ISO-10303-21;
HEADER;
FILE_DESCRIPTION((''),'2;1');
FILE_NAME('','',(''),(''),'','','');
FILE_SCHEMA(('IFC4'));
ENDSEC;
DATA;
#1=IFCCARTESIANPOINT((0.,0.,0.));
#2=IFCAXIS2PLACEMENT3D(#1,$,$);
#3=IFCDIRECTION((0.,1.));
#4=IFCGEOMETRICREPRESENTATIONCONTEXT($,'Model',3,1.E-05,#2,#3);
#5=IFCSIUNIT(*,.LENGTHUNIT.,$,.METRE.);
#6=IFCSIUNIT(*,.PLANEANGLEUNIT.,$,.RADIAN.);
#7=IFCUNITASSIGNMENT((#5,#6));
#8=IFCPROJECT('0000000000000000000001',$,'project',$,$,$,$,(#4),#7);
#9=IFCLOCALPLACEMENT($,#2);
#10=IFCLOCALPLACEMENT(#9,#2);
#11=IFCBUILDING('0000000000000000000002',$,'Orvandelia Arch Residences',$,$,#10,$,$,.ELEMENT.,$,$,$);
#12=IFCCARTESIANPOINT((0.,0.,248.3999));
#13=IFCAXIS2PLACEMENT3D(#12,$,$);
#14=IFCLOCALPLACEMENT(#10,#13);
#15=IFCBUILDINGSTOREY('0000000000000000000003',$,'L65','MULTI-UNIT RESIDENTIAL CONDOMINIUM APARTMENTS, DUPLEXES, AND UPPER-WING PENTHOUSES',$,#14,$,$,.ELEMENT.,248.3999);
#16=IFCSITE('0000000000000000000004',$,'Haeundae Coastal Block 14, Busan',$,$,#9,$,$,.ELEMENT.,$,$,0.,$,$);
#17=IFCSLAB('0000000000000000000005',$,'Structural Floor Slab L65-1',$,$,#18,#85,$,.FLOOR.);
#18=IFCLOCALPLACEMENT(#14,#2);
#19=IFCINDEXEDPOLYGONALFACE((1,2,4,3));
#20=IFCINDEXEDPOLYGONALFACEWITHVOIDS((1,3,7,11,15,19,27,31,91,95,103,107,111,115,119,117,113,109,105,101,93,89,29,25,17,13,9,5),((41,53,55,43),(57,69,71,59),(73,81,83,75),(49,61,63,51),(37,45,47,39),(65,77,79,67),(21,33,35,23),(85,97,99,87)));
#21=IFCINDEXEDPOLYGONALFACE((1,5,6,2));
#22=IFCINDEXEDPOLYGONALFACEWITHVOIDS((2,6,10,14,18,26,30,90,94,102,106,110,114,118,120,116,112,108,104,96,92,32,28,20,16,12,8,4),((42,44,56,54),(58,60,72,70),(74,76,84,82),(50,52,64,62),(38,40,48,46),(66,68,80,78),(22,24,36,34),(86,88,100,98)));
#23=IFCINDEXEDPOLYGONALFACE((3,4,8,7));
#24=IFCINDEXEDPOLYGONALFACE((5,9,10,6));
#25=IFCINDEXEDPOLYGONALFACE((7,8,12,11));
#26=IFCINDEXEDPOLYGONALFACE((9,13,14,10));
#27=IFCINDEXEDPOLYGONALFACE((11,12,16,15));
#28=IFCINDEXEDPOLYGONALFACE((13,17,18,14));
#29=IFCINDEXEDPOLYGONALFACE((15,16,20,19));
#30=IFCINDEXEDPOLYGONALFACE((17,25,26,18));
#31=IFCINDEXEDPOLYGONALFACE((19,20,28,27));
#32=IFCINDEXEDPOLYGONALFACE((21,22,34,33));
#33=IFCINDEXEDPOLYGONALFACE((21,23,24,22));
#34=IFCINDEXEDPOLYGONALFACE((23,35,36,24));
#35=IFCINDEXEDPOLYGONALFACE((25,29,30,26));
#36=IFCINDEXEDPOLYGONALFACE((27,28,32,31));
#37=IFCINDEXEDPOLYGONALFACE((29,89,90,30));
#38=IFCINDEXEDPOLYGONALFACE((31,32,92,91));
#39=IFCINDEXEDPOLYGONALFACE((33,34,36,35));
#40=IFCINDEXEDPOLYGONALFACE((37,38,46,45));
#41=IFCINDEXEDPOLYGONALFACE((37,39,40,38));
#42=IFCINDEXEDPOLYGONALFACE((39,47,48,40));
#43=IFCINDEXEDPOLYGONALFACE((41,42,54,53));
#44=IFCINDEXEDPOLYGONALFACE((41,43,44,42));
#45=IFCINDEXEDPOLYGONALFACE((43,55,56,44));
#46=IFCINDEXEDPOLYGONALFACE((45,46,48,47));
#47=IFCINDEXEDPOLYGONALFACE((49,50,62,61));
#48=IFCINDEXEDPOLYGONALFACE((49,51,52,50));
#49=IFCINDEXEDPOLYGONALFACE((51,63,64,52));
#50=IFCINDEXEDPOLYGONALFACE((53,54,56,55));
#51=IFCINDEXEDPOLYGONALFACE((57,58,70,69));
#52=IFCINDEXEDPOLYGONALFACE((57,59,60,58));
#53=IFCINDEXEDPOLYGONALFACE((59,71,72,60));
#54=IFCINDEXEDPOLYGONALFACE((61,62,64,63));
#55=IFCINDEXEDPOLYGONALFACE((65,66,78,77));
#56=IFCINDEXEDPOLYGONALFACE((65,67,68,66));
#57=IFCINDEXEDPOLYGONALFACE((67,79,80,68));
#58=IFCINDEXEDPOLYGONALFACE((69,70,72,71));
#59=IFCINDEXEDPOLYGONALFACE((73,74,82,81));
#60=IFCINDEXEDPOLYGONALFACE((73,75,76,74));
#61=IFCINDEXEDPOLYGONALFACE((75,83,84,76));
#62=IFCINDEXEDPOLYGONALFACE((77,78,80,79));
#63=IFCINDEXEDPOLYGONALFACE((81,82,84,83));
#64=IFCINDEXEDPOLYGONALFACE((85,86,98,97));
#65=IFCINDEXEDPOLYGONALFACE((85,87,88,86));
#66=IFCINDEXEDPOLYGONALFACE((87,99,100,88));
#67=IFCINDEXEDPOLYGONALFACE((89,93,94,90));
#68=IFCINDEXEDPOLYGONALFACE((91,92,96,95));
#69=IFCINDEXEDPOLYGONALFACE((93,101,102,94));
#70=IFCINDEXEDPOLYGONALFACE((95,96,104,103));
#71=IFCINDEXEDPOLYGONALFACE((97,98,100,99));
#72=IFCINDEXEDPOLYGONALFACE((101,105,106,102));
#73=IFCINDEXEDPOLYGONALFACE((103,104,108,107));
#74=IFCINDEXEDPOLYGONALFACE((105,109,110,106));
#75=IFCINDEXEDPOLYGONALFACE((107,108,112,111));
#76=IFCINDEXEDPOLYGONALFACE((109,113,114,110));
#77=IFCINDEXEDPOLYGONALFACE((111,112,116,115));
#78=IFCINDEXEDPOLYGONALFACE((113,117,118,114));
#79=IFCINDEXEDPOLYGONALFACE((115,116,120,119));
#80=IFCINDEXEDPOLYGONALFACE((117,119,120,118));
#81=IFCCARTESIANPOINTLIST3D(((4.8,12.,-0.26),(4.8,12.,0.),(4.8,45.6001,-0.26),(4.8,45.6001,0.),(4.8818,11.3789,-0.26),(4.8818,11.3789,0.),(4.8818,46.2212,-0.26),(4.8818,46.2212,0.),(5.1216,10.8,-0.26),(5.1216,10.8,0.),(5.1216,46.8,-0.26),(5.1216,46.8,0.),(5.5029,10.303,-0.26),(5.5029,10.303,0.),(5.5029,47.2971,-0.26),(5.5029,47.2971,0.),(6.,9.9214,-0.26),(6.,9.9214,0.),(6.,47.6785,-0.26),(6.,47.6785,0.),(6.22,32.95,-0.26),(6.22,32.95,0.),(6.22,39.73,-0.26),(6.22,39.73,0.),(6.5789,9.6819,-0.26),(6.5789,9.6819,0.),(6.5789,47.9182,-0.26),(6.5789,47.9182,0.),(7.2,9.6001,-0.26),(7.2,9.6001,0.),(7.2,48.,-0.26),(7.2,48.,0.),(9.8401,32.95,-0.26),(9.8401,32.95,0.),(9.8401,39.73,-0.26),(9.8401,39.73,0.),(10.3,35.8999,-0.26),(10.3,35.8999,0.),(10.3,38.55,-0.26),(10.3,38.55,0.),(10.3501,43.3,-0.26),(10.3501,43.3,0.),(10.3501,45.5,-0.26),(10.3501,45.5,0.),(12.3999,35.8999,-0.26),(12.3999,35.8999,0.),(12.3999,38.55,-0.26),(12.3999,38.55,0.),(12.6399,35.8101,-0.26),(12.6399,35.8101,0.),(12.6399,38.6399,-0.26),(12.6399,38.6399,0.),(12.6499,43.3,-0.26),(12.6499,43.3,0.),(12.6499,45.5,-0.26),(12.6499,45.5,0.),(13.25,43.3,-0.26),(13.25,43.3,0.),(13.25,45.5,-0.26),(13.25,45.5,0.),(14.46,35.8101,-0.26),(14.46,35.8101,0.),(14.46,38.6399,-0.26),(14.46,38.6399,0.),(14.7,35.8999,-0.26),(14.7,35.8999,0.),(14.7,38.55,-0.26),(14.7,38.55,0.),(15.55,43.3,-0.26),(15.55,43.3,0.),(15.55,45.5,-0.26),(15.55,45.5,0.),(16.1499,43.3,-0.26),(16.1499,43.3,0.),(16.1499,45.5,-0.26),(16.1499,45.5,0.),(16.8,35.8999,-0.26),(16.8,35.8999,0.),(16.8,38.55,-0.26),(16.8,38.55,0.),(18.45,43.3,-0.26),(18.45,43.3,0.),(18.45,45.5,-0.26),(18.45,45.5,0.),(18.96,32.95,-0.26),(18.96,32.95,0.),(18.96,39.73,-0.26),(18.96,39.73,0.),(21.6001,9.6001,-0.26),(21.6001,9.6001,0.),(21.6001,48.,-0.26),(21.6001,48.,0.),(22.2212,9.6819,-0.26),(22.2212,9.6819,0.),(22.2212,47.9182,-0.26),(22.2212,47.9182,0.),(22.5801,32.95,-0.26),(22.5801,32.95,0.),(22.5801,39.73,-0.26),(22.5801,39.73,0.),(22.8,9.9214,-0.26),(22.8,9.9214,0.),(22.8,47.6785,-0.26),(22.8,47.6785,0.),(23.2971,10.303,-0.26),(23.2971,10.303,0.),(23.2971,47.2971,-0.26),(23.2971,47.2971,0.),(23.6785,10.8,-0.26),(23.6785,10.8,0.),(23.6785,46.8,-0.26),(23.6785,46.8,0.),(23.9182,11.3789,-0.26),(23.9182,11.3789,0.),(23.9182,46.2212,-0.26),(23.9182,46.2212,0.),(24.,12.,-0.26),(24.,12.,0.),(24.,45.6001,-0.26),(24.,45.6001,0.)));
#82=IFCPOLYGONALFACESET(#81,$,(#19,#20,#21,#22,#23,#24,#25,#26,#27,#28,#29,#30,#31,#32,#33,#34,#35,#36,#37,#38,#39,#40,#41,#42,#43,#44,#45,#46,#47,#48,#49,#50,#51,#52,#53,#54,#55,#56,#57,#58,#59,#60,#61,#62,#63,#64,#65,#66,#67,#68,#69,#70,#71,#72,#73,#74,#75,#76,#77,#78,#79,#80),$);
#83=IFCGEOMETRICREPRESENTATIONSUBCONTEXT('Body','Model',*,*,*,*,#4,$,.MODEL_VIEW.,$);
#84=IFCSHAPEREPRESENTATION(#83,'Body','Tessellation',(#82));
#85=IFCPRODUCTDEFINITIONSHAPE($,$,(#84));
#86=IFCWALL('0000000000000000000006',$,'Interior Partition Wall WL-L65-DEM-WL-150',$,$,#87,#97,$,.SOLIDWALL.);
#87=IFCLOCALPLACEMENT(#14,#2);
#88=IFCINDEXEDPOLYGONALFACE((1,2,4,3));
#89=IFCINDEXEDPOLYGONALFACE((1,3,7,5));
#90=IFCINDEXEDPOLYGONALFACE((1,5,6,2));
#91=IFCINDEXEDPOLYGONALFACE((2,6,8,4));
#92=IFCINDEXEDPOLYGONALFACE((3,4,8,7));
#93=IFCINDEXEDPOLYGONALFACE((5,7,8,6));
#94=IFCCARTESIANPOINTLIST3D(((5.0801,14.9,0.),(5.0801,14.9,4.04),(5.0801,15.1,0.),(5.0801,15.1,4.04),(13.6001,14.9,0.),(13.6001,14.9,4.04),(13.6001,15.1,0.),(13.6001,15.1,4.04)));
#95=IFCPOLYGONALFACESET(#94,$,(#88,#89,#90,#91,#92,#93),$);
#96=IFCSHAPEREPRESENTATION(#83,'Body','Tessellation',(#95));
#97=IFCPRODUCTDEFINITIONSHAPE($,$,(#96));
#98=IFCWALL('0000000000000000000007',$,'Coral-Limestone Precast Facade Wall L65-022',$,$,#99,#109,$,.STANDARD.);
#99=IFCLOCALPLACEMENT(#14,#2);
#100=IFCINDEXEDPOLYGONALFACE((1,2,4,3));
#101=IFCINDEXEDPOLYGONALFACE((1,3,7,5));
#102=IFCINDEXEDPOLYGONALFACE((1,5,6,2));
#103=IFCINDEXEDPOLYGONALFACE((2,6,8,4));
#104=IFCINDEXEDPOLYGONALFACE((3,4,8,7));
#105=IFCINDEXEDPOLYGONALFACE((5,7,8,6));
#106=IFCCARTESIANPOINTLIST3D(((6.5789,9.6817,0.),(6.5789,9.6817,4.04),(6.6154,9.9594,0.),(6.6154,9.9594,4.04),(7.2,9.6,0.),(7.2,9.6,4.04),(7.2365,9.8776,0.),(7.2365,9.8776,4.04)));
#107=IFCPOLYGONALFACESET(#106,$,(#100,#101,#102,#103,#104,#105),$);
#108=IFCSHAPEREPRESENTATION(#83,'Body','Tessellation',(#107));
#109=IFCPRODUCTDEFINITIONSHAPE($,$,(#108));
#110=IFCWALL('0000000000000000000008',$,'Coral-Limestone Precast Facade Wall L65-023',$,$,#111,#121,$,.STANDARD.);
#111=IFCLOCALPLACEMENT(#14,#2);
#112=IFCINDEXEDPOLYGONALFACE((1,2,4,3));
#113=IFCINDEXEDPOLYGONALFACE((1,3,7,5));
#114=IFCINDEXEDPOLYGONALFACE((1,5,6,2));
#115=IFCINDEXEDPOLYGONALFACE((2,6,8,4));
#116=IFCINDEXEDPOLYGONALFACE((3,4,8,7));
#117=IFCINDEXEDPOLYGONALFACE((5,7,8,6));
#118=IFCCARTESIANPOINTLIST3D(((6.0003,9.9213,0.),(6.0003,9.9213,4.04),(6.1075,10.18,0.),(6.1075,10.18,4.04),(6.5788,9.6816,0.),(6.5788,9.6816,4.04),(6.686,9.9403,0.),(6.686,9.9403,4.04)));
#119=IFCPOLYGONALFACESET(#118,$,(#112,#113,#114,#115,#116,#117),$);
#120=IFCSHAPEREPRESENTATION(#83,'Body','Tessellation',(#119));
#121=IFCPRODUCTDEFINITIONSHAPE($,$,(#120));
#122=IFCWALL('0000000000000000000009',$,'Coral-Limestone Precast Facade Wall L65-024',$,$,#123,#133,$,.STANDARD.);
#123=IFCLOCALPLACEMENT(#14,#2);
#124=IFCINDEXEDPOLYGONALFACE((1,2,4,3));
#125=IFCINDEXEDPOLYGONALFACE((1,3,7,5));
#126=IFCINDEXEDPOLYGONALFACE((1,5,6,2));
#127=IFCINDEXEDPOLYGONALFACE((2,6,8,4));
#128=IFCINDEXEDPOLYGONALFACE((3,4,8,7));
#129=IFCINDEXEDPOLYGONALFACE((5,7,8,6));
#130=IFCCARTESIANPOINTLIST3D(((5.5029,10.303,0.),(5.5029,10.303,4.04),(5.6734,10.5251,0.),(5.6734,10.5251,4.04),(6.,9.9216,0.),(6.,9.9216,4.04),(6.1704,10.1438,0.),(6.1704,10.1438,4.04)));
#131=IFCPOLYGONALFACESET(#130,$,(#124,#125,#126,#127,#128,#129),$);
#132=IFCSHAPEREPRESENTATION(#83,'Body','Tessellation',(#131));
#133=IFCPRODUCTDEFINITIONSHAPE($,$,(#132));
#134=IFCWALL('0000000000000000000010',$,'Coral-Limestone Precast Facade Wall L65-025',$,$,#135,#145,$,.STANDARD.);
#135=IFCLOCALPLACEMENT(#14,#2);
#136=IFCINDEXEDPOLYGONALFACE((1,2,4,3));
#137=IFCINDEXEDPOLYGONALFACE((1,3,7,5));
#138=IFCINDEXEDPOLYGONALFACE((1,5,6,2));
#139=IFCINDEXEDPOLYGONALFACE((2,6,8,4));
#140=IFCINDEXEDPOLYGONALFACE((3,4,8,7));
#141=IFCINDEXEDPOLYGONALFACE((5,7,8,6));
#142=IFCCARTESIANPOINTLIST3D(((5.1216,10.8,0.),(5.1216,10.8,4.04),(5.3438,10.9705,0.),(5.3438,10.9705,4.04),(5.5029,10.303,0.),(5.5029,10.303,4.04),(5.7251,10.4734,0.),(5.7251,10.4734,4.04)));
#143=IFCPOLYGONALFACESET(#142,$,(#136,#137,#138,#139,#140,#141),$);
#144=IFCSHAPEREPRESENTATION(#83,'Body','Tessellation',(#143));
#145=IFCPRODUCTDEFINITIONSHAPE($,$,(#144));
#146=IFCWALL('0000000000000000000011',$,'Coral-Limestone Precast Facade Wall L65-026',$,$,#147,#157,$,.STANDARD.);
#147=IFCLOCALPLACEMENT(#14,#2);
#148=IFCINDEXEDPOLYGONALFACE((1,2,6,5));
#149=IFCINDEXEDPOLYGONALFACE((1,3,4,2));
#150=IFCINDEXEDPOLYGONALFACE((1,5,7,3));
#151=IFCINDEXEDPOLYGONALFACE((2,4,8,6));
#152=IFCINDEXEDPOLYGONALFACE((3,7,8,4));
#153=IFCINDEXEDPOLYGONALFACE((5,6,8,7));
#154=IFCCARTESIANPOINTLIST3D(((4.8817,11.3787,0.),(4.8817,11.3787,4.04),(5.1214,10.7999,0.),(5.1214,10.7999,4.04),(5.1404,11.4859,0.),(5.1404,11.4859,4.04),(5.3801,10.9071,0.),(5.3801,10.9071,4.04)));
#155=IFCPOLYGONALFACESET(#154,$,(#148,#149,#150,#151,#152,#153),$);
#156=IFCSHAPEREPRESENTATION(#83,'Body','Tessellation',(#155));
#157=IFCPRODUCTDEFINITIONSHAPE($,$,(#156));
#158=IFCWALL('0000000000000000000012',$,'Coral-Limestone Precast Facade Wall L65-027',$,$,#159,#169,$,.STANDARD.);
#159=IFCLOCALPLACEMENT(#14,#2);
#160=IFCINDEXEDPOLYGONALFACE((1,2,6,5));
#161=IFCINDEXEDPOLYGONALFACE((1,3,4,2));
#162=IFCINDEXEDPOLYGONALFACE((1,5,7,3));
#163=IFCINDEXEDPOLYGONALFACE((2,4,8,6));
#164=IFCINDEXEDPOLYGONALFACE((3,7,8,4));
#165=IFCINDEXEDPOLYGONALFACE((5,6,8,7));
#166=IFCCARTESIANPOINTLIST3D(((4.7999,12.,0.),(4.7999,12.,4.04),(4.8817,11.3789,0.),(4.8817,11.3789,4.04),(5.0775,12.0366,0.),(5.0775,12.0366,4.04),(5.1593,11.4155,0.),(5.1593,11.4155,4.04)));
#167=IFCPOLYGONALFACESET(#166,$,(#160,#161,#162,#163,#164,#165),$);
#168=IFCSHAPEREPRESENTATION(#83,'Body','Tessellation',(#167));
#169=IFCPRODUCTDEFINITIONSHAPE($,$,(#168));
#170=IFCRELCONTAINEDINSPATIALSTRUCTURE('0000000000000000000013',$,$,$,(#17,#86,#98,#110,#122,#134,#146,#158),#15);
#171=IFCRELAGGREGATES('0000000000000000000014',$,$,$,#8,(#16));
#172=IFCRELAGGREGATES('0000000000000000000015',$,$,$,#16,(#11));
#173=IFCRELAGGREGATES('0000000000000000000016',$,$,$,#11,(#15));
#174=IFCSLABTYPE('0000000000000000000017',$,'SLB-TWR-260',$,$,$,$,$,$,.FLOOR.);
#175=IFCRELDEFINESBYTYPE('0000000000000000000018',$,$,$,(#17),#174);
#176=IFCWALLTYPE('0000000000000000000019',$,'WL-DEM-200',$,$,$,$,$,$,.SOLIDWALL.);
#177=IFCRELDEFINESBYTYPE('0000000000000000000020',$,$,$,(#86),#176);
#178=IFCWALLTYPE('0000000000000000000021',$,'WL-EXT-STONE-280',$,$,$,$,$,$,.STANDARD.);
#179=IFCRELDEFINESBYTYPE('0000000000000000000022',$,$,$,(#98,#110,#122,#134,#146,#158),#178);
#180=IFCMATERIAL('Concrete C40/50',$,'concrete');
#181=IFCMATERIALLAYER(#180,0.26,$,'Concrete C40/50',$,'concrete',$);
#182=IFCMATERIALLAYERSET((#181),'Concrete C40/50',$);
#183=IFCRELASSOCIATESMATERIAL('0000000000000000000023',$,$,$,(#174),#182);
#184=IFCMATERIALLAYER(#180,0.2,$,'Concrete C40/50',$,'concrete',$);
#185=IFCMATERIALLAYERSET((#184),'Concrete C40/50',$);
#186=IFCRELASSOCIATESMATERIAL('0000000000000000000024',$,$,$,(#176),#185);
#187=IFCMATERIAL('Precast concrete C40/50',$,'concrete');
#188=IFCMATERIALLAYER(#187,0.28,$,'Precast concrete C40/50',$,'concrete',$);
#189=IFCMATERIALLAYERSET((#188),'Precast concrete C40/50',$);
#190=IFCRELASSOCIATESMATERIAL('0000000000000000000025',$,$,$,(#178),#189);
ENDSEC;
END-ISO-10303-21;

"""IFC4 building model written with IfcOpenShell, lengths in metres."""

from ifc_helpers import new_model, si_unit, direction, frame, frame_2d, origin, place, context, subcontext, project, spatial, polyline, rectangle, outline, extrude, material, layer, layer_set, type_object, element, save


model = new_model("IFC4")

# Units and contexts
model_context = context("Model", 3, precision=1e-05, world=origin(), true_north=direction((0.0, 1.0)))
body_context = subcontext(model_context, "Body", "Model", "MODEL_VIEW")
ifc_project = project(units=[si_unit("LENGTHUNIT", "METRE"), si_unit("PLANEANGLEUNIT", "RADIAN")], contexts=[model_context])

# Site, building, storey
site_placement = place(None, origin())
site = spatial("IfcSite", under=ifc_project, at=site_placement, Name="Haeundae Coastal Block 14, Busan", CompositionType="ELEMENT", RefElevation=0.0)
building_placement = place(site_placement, origin())
building = spatial("IfcBuilding", under=site, at=building_placement, Name="Orvandelia Arch Residences", CompositionType="ELEMENT")
storey_placement = place(building_placement, frame((0.0, 0.0, 248.3999)))
storey = spatial("IfcBuildingStorey", under=building, at=storey_placement, Name="L65", Description="MULTI-UNIT RESIDENTIAL CONDOMINIUM APARTMENTS, DUPLEXES, AND UPPER-WING PENTHOUSES", CompositionType="ELEMENT", Elevation=248.3999)

# Shared definitions
ifc_material_1 = material(Name="Precast concrete C40/50", Category="concrete")

# Shared definitions
ifc_material_2 = material(Name="Concrete C40/50", Category="concrete")

# Slab
ifc_layer_1 = layer(ifc_material_2, 0.26, Name="Concrete C40/50", Category="concrete")
ifc_layer_set_1 = layer_set([ifc_layer_1], Name="Concrete C40/50")
slab_type_1 = type_object("IfcSlabType", Name="SLB-TWR-260", PredefinedType="FLOOR", material=ifc_layer_set_1)
slab_1_placement = place(storey_placement, frame((0.0, 0.0, -0.26)))
element("IfcSlab", 1, at=slab_1_placement, inside=storey, type_object=slab_type_1, Name="Structural Floor Slab L65-1", PredefinedType="FLOOR", context=body_context, shape_type="SweptSolid", body=[
    extrude(outline(polyline([(4.8, 12.0), (4.8818, 11.3789), (5.1216, 10.8), (5.5029, 10.303), (6.0, 9.9214), (6.5789, 9.6819), (7.2, 9.6001), (21.6001, 9.6001), (22.2212, 9.6819), (22.8, 9.9214), (23.2971, 10.303), (23.6785, 10.8), (23.9182, 11.3789), (24.0, 12.0), (24.0, 45.6001), (23.9182, 46.2212), (23.6785, 46.8), (23.2971, 47.2971), (22.8, 47.6785), (22.2212, 47.9182), (21.6001, 48.0), (7.2, 48.0), (6.5789, 47.9182), (6.0, 47.6785), (5.5029, 47.2971), (5.1216, 46.8), (4.8818, 46.2212), (4.8, 45.6001), (4.8, 12.0)]), holes=[polyline([(6.22, 32.95), (9.8401, 32.95), (9.8401, 39.73), (6.22, 39.73), (6.22, 32.95)]), polyline([(18.96, 32.95), (22.5801, 32.95), (22.5801, 39.73), (18.96, 39.73), (18.96, 32.95)]), polyline([(12.6399, 35.8101), (14.46, 35.8101), (14.46, 38.6399), (12.6399, 38.6399), (12.6399, 35.8101)]), polyline([(10.3, 35.8999), (12.3999, 35.8999), (12.3999, 38.55), (10.3, 38.55), (10.3, 35.8999)]), polyline([(14.7, 35.8999), (16.8, 35.8999), (16.8, 38.55), (14.7, 38.55), (14.7, 35.8999)]), polyline([(10.3501, 43.3), (12.6499, 43.3), (12.6499, 45.5), (10.3501, 45.5), (10.3501, 43.3)]), polyline([(13.25, 43.3), (15.55, 43.3), (15.55, 45.5), (13.25, 45.5), (13.25, 43.3)]), polyline([(16.1499, 43.3), (18.45, 43.3), (18.45, 45.5), (16.1499, 45.5), (16.1499, 43.3)])]), origin(), (0.0, 0.0, 1.0), 0.26),
])

# Walls
ifc_layer_2 = layer(ifc_material_2, 0.2, Name="Concrete C40/50", Category="concrete")
ifc_layer_set_2 = layer_set([ifc_layer_2], Name="Concrete C40/50")
wall_type_1 = type_object("IfcWallType", Name="WL-DEM-200", PredefinedType="SOLIDWALL", material=ifc_layer_set_2)
wall_1_placement = place(storey_placement, frame((5.0801, 15.0, 0.0), z_axis=(0.0, 0.0, 1.0), x_axis=(1.0, 0.0, 0.0)))
element("IfcWall", 2, at=wall_1_placement, inside=storey, type_object=wall_type_1, Name="Interior Partition Wall WL-L65-DEM-WL-150", PredefinedType="SOLIDWALL", context=body_context, shape_type="SweptSolid", body=[
    extrude(rectangle(XDim=8.52, YDim=0.2, at=frame_2d((4.26, 0.0))), origin(), (0.0, 0.0, 1.0), 4.04),
])
ifc_layer_3 = layer(ifc_material_1, 0.28, Name="Precast concrete C40/50", Category="concrete")
ifc_layer_set_3 = layer_set([ifc_layer_3], Name="Precast concrete C40/50")
wall_type_2 = type_object("IfcWallType", Name="WL-EXT-STONE-280", PredefinedType="STANDARD", material=ifc_layer_set_3)
wall_2_placement = place(storey_placement, frame((7.2183, 9.7388, 0.0), z_axis=(0.0, 0.0, 1.0), x_axis=(-0.991441, 0.130555, 0.0)))
element("IfcWall", 3, at=wall_2_placement, inside=storey, type_object=wall_type_2, Name="Coral-Limestone Precast Facade Wall L65-022", PredefinedType="STANDARD", context=body_context, shape_type="SweptSolid", body=[
    extrude(rectangle(XDim=0.6265, YDim=0.28, at=frame_2d((0.3132, 0.0))), origin(), (0.0, 0.0, 1.0), 4.04),
])
wall_3_placement = place(storey_placement, frame((6.6323, 9.811, 0.0), z_axis=(0.0, 0.0, 1.0), x_axis=(-0.923836, 0.382788, 0.0)))
element("IfcWall", 4, at=wall_3_placement, inside=storey, type_object=wall_type_2, Name="Coral-Limestone Precast Facade Wall L65-023", PredefinedType="STANDARD", context=body_context, shape_type="SweptSolid", body=[
    extrude(rectangle(XDim=0.6262, YDim=0.28, at=frame_2d((0.313, 0.0))), origin(), (0.0, 0.0, 1.0), 4.04),
])
for number, where, z_axis, x_axis, name in (
    (5, (6.0852, 10.0327, 0.0), (0.0, 0.0, 1.0), (-0.793406, 0.608693, 0.0), "Coral-Limestone Precast Facade Wall L65-024"),
    (6, (5.614, 10.3882, 0.0), (0.0, 0.0, 1.0), (-0.608693, 0.793406, 0.0), "Coral-Limestone Precast Facade Wall L65-025"),
    (7, (5.2507, 10.8535, 0.0), (0.0, 0.0, 1.0), (-0.38265, 0.923893, 0.0), "Coral-Limestone Precast Facade Wall L65-026"),
    (8, (5.0205, 11.3972, 0.0), (0.0, 0.0, 1.0), (-0.130555, 0.991441, 0.0), "Coral-Limestone Precast Facade Wall L65-027"),
):
    element("IfcWall", number, at=place(storey_placement, frame(where, z_axis=z_axis, x_axis=x_axis)), inside=storey, type_object=wall_type_2, Name=name, PredefinedType="STANDARD", context=body_context, shape_type="SweptSolid", body=[
        extrude(rectangle(XDim=0.6265, YDim=0.28, at=frame_2d((0.3132, 0.0))), origin(), (0.0, 0.0, 1.0), 4.04),
    ])

save(model, "model.ifc")
